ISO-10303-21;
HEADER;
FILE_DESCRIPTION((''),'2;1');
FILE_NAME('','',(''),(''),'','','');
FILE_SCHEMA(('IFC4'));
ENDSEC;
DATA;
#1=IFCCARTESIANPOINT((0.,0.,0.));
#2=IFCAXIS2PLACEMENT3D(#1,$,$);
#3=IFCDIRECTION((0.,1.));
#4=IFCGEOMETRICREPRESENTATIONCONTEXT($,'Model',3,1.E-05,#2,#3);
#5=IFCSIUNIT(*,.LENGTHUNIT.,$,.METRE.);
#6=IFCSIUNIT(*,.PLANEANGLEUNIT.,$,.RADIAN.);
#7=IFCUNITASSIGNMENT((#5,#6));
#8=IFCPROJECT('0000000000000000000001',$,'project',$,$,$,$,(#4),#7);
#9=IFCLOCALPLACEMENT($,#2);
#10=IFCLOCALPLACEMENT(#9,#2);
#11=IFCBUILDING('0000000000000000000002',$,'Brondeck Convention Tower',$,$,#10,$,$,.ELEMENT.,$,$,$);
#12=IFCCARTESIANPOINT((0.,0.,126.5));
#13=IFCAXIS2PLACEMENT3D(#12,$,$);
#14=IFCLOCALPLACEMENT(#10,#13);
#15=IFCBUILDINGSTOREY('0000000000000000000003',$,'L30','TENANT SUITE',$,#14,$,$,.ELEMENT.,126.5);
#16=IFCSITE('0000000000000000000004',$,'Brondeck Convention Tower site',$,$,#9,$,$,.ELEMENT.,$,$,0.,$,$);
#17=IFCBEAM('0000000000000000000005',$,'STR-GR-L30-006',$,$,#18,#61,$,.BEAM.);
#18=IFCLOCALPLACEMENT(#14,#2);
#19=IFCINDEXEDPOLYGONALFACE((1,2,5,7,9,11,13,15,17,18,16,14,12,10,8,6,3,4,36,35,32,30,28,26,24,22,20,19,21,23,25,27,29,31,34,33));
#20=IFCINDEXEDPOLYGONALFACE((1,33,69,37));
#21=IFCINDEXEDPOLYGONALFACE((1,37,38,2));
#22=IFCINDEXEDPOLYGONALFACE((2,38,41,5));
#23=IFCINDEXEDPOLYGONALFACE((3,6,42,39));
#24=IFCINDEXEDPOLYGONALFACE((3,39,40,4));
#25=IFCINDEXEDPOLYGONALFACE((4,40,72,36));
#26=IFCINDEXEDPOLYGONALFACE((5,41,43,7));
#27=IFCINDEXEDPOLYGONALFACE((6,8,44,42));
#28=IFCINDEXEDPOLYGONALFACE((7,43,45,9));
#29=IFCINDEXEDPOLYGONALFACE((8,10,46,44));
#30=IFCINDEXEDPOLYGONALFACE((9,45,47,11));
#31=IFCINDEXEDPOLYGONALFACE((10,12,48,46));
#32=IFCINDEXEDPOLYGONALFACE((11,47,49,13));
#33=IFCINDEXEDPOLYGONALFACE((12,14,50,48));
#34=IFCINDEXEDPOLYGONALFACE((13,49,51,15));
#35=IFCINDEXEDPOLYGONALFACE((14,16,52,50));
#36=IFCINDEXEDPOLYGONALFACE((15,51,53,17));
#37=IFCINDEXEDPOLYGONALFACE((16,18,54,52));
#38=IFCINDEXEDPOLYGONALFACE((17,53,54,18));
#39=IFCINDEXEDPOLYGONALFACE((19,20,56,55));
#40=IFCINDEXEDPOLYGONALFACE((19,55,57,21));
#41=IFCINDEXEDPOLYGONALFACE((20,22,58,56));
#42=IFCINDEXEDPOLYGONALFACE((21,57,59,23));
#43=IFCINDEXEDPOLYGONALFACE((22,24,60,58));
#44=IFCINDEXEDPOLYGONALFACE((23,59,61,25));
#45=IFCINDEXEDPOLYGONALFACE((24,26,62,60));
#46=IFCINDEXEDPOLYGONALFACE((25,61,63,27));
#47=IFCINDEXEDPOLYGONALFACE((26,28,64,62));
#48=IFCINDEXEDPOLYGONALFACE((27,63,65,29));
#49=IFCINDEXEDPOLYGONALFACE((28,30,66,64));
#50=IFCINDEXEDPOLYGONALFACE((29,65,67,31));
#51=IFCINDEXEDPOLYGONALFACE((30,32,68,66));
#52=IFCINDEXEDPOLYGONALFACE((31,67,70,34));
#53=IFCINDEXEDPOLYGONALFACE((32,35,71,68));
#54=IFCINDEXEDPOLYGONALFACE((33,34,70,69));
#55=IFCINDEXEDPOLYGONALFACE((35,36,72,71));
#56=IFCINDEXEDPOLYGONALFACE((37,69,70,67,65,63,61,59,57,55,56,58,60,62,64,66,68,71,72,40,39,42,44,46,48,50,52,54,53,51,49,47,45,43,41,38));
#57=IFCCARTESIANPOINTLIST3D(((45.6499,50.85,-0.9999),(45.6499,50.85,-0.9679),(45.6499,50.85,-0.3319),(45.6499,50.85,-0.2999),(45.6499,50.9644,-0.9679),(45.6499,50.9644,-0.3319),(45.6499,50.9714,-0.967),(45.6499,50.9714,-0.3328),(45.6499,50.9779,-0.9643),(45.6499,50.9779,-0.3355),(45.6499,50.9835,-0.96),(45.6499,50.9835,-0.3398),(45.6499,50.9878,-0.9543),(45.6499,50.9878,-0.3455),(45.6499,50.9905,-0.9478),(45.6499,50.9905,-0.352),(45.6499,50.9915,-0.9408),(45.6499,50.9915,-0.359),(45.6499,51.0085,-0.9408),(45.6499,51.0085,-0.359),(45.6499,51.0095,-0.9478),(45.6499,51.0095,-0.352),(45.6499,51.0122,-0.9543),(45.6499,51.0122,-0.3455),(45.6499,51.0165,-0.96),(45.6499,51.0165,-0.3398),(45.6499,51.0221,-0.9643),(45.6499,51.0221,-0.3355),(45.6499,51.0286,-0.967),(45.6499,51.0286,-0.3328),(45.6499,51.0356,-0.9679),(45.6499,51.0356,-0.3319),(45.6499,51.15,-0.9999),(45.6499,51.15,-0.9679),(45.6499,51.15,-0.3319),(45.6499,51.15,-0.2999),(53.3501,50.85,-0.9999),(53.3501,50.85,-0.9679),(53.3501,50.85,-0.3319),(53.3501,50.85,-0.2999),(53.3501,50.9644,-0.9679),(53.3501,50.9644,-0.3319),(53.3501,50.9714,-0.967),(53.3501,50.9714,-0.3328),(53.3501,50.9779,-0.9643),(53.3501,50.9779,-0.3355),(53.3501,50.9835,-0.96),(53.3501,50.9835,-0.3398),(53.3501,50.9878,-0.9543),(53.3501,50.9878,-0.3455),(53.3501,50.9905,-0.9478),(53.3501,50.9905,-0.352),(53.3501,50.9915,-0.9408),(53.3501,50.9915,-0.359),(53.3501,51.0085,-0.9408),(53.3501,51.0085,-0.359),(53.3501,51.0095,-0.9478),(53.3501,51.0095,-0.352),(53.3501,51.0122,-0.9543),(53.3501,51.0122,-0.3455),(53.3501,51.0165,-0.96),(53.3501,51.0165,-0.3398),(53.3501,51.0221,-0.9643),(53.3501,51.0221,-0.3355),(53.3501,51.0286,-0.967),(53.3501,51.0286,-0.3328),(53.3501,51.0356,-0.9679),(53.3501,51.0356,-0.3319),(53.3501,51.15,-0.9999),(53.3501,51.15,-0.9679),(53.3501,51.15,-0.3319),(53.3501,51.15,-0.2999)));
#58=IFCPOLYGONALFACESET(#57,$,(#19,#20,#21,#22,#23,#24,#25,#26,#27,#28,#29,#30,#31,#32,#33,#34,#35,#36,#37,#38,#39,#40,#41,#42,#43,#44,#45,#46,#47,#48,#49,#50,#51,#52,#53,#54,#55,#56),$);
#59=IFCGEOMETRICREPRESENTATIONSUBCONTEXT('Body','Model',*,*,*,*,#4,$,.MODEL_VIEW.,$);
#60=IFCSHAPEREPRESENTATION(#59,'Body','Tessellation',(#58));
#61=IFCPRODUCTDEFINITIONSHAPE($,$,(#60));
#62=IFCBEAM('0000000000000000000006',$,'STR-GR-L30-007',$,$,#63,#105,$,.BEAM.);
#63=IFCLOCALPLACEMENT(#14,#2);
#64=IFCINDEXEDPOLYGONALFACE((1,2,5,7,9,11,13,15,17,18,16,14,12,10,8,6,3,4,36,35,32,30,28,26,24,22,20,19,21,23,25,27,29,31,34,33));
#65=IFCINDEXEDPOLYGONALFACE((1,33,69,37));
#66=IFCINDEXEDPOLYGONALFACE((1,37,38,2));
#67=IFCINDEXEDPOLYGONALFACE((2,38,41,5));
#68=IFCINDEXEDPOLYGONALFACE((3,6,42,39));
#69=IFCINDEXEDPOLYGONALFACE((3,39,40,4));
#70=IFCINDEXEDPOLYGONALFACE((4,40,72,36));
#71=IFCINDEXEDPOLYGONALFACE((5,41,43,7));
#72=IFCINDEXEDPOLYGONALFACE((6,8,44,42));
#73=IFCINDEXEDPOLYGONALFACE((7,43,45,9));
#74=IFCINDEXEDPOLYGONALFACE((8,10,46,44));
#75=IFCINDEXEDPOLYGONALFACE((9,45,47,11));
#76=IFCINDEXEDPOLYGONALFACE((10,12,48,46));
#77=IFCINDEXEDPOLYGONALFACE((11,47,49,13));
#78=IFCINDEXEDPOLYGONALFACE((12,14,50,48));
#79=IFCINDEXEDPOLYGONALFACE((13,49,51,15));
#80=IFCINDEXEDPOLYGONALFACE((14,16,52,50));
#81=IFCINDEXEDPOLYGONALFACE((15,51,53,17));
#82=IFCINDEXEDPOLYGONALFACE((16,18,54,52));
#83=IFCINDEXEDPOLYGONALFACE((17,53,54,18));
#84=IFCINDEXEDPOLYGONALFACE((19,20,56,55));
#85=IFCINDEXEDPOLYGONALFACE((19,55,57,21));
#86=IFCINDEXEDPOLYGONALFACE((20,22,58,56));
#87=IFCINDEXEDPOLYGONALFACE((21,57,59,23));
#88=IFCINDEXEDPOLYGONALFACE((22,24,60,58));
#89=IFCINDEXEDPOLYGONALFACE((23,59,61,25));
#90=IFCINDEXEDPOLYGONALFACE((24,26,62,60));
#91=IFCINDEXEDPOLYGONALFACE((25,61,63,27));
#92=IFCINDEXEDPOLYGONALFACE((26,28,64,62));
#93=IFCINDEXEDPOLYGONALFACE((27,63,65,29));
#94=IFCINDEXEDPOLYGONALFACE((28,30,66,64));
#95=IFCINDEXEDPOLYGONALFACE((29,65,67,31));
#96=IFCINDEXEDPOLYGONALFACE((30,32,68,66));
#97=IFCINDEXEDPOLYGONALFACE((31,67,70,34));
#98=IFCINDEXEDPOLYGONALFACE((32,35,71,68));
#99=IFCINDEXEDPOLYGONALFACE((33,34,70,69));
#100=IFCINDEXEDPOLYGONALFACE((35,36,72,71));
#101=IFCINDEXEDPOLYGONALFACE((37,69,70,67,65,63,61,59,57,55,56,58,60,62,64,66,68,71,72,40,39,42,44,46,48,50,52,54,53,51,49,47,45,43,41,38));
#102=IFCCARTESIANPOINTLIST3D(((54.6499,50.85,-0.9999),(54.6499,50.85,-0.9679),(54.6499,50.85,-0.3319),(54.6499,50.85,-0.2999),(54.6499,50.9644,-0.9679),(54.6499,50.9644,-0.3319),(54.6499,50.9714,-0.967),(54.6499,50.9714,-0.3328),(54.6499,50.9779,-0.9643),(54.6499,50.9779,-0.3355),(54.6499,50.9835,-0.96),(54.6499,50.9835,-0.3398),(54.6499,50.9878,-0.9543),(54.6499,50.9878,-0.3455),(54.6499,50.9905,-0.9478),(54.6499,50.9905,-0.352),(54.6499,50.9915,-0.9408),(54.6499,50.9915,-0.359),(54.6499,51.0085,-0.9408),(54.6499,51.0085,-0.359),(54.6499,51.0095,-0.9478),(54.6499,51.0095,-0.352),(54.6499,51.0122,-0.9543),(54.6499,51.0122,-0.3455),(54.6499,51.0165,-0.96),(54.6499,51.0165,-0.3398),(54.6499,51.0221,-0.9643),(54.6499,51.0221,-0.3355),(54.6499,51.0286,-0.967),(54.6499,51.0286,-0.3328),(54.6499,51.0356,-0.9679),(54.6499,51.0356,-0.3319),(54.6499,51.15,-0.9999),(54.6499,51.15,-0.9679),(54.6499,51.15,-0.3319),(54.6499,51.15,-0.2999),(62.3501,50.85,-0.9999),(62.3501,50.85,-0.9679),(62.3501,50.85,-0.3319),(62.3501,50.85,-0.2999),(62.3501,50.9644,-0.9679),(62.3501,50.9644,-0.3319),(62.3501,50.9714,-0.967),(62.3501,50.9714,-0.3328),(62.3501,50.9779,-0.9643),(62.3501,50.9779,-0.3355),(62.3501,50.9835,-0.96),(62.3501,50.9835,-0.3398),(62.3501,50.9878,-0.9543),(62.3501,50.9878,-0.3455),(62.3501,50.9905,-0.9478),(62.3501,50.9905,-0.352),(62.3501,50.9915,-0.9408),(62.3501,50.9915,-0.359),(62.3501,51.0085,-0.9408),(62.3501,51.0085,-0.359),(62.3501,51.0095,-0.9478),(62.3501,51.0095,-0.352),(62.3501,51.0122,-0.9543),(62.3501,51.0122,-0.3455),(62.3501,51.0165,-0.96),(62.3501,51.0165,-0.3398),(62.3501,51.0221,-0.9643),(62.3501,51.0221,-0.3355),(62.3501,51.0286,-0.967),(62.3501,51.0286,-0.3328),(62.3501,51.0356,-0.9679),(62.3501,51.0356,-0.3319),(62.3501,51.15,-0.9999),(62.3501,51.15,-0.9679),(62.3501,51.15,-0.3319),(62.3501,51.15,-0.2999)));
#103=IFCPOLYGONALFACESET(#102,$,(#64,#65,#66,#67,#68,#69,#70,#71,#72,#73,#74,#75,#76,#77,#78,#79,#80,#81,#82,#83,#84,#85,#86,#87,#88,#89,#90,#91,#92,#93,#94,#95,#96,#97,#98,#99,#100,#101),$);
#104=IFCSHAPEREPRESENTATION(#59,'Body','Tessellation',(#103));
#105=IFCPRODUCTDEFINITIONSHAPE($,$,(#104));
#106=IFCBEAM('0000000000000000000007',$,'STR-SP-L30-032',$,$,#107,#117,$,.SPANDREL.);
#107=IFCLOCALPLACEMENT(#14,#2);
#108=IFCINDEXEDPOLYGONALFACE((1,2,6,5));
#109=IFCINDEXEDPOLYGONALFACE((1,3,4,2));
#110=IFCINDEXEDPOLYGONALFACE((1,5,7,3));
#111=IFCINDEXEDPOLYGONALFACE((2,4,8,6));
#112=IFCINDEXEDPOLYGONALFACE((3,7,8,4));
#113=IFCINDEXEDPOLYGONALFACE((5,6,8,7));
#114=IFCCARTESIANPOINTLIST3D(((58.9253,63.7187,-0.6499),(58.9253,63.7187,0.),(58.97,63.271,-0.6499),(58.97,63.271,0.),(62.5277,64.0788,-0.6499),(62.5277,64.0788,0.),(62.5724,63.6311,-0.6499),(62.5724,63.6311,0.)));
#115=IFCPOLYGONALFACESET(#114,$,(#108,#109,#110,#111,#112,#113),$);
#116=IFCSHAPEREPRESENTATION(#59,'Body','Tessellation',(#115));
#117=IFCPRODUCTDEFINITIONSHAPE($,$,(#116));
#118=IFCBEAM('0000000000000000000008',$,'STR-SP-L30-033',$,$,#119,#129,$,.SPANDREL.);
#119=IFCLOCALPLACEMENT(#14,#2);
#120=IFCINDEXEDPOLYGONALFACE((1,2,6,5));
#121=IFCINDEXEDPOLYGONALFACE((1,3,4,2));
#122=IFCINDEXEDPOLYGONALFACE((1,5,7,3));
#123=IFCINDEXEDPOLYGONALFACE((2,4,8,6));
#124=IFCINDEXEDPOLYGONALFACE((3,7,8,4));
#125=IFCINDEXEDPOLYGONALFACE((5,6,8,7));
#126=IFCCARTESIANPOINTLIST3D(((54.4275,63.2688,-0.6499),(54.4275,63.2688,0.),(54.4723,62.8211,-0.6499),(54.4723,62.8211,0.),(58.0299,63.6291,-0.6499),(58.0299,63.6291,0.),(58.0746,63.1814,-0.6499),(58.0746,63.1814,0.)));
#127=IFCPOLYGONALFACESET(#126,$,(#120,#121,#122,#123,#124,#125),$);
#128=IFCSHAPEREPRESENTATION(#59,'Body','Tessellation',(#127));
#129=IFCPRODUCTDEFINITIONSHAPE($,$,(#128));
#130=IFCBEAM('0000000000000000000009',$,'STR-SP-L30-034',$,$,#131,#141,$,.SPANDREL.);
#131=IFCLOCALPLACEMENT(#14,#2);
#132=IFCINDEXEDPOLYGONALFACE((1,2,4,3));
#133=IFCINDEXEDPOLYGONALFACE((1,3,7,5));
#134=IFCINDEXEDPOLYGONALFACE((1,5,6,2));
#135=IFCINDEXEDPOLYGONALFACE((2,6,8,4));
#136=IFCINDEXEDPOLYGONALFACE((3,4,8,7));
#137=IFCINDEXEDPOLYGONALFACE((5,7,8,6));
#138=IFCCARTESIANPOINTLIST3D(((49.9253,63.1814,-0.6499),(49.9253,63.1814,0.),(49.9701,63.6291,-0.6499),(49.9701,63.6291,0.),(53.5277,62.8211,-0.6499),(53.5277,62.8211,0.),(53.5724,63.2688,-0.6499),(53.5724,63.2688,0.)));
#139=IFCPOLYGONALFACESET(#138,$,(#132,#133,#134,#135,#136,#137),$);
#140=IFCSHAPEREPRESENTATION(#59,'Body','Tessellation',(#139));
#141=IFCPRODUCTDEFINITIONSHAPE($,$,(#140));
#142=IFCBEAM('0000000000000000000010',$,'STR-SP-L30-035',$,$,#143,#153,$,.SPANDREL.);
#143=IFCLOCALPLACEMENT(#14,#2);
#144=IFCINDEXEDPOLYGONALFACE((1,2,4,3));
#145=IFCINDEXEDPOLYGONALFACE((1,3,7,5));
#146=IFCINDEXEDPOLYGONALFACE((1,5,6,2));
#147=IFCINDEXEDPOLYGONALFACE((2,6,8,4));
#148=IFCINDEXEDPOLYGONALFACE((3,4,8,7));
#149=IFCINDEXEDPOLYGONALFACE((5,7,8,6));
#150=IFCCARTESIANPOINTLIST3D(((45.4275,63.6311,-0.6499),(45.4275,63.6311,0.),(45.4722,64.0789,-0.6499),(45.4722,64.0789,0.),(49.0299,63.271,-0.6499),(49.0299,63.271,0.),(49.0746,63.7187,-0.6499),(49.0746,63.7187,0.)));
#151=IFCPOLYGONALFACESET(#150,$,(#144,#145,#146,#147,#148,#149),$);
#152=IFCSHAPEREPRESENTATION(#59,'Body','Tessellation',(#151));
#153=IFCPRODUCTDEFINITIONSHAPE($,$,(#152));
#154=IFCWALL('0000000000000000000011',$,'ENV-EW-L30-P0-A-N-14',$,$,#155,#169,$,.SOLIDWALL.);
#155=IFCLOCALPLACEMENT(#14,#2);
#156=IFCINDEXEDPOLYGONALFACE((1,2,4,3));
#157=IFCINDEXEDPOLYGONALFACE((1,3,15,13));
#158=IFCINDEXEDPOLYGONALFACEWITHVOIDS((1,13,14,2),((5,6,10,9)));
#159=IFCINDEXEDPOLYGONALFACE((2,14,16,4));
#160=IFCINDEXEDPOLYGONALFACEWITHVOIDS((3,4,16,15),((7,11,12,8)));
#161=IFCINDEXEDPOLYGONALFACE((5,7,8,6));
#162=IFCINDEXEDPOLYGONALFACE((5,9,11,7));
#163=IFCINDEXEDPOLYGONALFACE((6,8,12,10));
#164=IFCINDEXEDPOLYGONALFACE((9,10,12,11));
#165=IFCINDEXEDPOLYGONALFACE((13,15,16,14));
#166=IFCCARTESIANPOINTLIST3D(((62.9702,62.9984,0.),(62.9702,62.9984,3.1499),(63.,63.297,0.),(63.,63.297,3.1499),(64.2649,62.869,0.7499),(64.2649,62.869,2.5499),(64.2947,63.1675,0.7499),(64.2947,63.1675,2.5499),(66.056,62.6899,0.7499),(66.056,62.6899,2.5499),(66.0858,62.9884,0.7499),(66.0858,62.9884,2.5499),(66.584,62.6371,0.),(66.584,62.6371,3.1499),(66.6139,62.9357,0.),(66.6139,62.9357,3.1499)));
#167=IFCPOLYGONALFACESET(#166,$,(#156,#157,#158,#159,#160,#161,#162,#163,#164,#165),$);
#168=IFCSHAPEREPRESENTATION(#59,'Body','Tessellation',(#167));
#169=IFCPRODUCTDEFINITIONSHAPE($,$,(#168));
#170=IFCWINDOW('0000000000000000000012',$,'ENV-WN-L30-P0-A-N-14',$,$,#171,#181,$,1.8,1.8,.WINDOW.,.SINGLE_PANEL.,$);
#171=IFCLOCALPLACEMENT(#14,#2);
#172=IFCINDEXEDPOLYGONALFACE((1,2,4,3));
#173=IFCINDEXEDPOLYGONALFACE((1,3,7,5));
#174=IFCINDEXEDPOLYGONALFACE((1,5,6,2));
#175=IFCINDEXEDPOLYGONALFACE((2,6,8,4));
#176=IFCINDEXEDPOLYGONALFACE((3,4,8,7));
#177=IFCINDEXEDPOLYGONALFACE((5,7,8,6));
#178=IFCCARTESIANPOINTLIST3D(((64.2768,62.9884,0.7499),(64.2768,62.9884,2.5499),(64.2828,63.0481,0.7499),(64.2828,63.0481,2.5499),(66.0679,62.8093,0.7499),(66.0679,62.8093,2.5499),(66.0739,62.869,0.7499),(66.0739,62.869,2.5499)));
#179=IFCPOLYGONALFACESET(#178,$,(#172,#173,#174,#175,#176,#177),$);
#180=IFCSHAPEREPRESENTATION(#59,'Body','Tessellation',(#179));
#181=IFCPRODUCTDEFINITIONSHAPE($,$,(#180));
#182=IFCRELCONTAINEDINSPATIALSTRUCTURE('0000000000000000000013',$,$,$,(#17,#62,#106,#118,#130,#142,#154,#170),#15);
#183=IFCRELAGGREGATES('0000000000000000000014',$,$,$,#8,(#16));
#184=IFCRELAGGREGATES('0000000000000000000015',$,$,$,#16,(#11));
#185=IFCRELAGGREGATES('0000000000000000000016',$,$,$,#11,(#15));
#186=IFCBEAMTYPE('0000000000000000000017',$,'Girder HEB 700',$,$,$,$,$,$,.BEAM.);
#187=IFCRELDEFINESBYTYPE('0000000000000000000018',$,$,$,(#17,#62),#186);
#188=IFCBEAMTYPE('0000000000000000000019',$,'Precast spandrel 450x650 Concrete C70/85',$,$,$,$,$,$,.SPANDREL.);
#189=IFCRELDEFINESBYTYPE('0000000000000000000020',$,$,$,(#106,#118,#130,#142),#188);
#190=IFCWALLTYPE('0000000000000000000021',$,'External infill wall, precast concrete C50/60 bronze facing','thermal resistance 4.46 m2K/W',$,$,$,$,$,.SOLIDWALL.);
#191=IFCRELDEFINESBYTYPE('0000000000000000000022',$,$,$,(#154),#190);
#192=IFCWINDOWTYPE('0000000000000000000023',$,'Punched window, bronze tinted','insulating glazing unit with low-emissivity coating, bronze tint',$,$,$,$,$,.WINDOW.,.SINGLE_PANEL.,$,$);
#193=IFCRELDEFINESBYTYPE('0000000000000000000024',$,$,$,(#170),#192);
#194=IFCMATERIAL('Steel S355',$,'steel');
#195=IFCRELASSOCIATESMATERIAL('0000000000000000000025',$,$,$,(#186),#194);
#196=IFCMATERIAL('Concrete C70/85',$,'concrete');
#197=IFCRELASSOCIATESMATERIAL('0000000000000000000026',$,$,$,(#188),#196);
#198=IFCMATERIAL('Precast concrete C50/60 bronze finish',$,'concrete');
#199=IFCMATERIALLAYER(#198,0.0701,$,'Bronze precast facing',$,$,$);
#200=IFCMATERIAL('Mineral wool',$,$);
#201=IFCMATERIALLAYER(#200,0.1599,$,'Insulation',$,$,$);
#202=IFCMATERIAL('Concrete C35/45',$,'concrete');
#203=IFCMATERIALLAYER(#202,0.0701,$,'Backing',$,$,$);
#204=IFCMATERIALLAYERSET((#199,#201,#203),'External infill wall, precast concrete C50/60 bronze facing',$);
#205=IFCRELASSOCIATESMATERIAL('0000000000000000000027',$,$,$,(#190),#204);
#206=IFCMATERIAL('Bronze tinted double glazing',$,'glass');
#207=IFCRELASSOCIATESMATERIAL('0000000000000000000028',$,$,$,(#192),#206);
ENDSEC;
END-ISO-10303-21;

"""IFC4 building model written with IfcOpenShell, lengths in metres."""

from ifc_helpers import new_model, si_unit, direction, frame, frame_2d, origin, origin_2d, place, context, subcontext, project, spatial, rectangle, i_section, extrude, material, layer, layer_set, material_profile, profile_set, type_object, element, fill, save


model = new_model("IFC4")

# Units and contexts
model_context = context("Model", 3, precision=1e-05, world=origin(), true_north=direction((0.0, 1.0)))
body_context = subcontext(model_context, "Body", "Model", "MODEL_VIEW")
ifc_project = project(units=[si_unit("LENGTHUNIT", "METRE"), si_unit("PLANEANGLEUNIT", "RADIAN")], contexts=[model_context])

# Site, building, storey
site_placement = place(None, origin())
site = spatial("IfcSite", under=ifc_project, at=site_placement, Name="Brondeck Convention Tower site", CompositionType="ELEMENT", RefElevation=0.0)
building_placement = place(site_placement, origin())
building = spatial("IfcBuilding", under=site, at=building_placement, Name="Brondeck Convention Tower", CompositionType="ELEMENT")
storey_placement = place(building_placement, frame((0.0, 0.0, 126.5)))
storey = spatial("IfcBuildingStorey", under=building, at=storey_placement, Name="L30", Description="TENANT SUITE", CompositionType="ELEMENT", Elevation=126.5)

# Shared definitions
ifc_material_1 = material(Name="Concrete C70/85", Category="concrete")

# Beams
ifc_material_2 = material(Name="Steel S355", Category="steel")
ifc_material_profile_1 = material_profile(ifc_material_2, i_section(OverallWidth=0.3, OverallDepth=0.7, WebThickness=0.0171, FlangeThickness=0.032, FilletRadius=0.0271, at=origin_2d()), Name="HEB 700")
ifc_profile_set_1 = profile_set([ifc_material_profile_1], Name="Steel S355")
beam_type_1 = type_object("IfcBeamType", Name="Girder HEB 700", PredefinedType="BEAM", material=ifc_profile_set_1)
for number, where, z_axis, x_axis, name in (
    (1, (45.6499, 51.0, -0.6499), (1.0, 0.0, 0.0), (0.0, 1.0, 0.0), "STR-GR-L30-006"),
    (2, (54.6499, 51.0, -0.6499), (1.0, 0.0, 0.0), (0.0, 1.0, 0.0), "STR-GR-L30-007"),
):
    element("IfcBeam", number, at=place(storey_placement, frame(where, z_axis=z_axis, x_axis=x_axis)), inside=storey, type_object=beam_type_1, Name=name, PredefinedType="BEAM", context=body_context, shape_type="SweptSolid", body=[
        extrude(i_section(OverallWidth=0.3, OverallDepth=0.7, WebThickness=0.0171, FlangeThickness=0.032, FilletRadius=0.0271, at=origin_2d()), origin(), (0.0, 0.0, 1.0), 7.7002),
    ])
ifc_material_profile_2 = material_profile(ifc_material_1, rectangle(XDim=0.45, YDim=0.6499, at=origin_2d()), Name="Precast spandrel 450x650 Concrete C70/85")
ifc_profile_set_2 = profile_set([ifc_material_profile_2], Name="Concrete C70/85")
beam_type_2 = type_object("IfcBeamType", Name="Precast spandrel 450x650 Concrete C70/85", PredefinedType="SPANDREL", material=ifc_profile_set_2)
for number, where, z_axis, x_axis, name in (
    (3, (62.55, 63.855, -0.325), (-0.995041, -0.09947, 0.0), (0.09947, -0.995041, 0.0), "STR-SP-L30-032"),
    (4, (58.0522, 63.4053, -0.325), (-0.995034, -0.099537, 0.0), (0.099537, -0.995034, 0.0), "STR-SP-L30-033"),
    (5, (53.55, 63.0449, -0.325), (-0.995034, 0.099537, 0.0), (-0.099537, -0.995034, 0.0), "STR-SP-L30-034"),
    (6, (49.0522, 63.4949, -0.325), (-0.995041, 0.09947, 0.0), (-0.09947, -0.995041, 0.0), "STR-SP-L30-035"),
):
    element("IfcBeam", number, at=place(storey_placement, frame(where, z_axis=z_axis, x_axis=x_axis)), inside=storey, type_object=beam_type_2, Name=name, PredefinedType="SPANDREL", context=body_context, shape_type="SweptSolid", body=[
        extrude(rectangle(XDim=0.45, YDim=0.6499, at=origin_2d()), origin(), (0.0, 0.0, 1.0), 3.6204),
    ])

# Wall, opening, window
ifc_material_3 = material(Name="Precast concrete C50/60 bronze finish", Category="concrete")
ifc_layer_1 = layer(ifc_material_3, 0.0701, Name="Bronze precast facing")
ifc_material_4 = material(Name="Mineral wool")
ifc_layer_2 = layer(ifc_material_4, 0.1599, Name="Insulation")
ifc_material_5 = material(Name="Concrete C35/45", Category="concrete")
ifc_layer_3 = layer(ifc_material_5, 0.0701, Name="Backing")
ifc_layer_set_1 = layer_set([ifc_layer_1, ifc_layer_2, ifc_layer_3], Name="External infill wall, precast concrete C50/60 bronze facing")
wall_type_1 = type_object("IfcWallType", Name="External infill wall, precast concrete C50/60 bronze facing", Description="thermal resistance 4.46 m2K/W", PredefinedType="SOLIDWALL", material=ifc_layer_set_1)
wall_1_placement = place(storey_placement, frame((62.9851, 63.1477, 0.0), z_axis=(0.0, 0.0, 1.0), x_axis=(0.995039, -0.09949, 0.0)))
wall_1 = element("IfcWall", 7, at=wall_1_placement, inside=storey, type_object=wall_type_1, Name="ENV-EW-L30-P0-A-N-14", PredefinedType="SOLIDWALL", context=body_context, shape_type="SweptSolid", body=[
    extrude(rectangle(XDim=3.6318, YDim=0.3, at=frame_2d((1.8159, 0.0))), origin(), (0.0, 0.0, 1.0), 3.1499),
])
opening_1_placement = place(wall_1_placement, frame((1.3013, 0.0, 0.75)))
opening_1 = element("IfcOpeningElement", 8, at=opening_1_placement, cuts=wall_1, PredefinedType="OPENING", context=body_context, shape_type="SweptSolid", body=[
    extrude(rectangle(XDim=1.8, YDim=1.8, at=frame_2d((0.8999, 0.8999))), frame((0.0, 0.1599, 0.0), z_axis=(0.0, -1.0, 0.0), x_axis=(1.0, 0.0, 0.0)), (0.0, 0.0, 1.0), 0.3201),
])
ifc_material_6 = material(Name="Bronze tinted double glazing", Category="glass")
window_type_1 = type_object("IfcWindowType", Name="Punched window, bronze tinted", Description="insulating glazing unit with low-emissivity coating, bronze tint", PartitioningType="SINGLE_PANEL", PredefinedType="WINDOW", material=ifc_material_6)
window_1_placement = place(opening_1_placement, origin())
window_1 = element("IfcWindow", 9, at=window_1_placement, inside=storey, type_object=window_type_1, Name="ENV-WN-L30-P0-A-N-14", OverallHeight=1.8, OverallWidth=1.8, PartitioningType="SINGLE_PANEL", PredefinedType="WINDOW", context=body_context, shape_type="SweptSolid", body=[
    extrude(rectangle(XDim=1.8, YDim=1.8, at=frame_2d((0.8999, 0.8999))), frame((0.0, 0.03, 0.0), z_axis=(0.0, -1.0, 0.0), x_axis=(1.0, 0.0, 0.0)), (0.0, 0.0, 1.0), 0.0601),
])
fill(opening_1, window_1)

save(model, "model.ifc")
